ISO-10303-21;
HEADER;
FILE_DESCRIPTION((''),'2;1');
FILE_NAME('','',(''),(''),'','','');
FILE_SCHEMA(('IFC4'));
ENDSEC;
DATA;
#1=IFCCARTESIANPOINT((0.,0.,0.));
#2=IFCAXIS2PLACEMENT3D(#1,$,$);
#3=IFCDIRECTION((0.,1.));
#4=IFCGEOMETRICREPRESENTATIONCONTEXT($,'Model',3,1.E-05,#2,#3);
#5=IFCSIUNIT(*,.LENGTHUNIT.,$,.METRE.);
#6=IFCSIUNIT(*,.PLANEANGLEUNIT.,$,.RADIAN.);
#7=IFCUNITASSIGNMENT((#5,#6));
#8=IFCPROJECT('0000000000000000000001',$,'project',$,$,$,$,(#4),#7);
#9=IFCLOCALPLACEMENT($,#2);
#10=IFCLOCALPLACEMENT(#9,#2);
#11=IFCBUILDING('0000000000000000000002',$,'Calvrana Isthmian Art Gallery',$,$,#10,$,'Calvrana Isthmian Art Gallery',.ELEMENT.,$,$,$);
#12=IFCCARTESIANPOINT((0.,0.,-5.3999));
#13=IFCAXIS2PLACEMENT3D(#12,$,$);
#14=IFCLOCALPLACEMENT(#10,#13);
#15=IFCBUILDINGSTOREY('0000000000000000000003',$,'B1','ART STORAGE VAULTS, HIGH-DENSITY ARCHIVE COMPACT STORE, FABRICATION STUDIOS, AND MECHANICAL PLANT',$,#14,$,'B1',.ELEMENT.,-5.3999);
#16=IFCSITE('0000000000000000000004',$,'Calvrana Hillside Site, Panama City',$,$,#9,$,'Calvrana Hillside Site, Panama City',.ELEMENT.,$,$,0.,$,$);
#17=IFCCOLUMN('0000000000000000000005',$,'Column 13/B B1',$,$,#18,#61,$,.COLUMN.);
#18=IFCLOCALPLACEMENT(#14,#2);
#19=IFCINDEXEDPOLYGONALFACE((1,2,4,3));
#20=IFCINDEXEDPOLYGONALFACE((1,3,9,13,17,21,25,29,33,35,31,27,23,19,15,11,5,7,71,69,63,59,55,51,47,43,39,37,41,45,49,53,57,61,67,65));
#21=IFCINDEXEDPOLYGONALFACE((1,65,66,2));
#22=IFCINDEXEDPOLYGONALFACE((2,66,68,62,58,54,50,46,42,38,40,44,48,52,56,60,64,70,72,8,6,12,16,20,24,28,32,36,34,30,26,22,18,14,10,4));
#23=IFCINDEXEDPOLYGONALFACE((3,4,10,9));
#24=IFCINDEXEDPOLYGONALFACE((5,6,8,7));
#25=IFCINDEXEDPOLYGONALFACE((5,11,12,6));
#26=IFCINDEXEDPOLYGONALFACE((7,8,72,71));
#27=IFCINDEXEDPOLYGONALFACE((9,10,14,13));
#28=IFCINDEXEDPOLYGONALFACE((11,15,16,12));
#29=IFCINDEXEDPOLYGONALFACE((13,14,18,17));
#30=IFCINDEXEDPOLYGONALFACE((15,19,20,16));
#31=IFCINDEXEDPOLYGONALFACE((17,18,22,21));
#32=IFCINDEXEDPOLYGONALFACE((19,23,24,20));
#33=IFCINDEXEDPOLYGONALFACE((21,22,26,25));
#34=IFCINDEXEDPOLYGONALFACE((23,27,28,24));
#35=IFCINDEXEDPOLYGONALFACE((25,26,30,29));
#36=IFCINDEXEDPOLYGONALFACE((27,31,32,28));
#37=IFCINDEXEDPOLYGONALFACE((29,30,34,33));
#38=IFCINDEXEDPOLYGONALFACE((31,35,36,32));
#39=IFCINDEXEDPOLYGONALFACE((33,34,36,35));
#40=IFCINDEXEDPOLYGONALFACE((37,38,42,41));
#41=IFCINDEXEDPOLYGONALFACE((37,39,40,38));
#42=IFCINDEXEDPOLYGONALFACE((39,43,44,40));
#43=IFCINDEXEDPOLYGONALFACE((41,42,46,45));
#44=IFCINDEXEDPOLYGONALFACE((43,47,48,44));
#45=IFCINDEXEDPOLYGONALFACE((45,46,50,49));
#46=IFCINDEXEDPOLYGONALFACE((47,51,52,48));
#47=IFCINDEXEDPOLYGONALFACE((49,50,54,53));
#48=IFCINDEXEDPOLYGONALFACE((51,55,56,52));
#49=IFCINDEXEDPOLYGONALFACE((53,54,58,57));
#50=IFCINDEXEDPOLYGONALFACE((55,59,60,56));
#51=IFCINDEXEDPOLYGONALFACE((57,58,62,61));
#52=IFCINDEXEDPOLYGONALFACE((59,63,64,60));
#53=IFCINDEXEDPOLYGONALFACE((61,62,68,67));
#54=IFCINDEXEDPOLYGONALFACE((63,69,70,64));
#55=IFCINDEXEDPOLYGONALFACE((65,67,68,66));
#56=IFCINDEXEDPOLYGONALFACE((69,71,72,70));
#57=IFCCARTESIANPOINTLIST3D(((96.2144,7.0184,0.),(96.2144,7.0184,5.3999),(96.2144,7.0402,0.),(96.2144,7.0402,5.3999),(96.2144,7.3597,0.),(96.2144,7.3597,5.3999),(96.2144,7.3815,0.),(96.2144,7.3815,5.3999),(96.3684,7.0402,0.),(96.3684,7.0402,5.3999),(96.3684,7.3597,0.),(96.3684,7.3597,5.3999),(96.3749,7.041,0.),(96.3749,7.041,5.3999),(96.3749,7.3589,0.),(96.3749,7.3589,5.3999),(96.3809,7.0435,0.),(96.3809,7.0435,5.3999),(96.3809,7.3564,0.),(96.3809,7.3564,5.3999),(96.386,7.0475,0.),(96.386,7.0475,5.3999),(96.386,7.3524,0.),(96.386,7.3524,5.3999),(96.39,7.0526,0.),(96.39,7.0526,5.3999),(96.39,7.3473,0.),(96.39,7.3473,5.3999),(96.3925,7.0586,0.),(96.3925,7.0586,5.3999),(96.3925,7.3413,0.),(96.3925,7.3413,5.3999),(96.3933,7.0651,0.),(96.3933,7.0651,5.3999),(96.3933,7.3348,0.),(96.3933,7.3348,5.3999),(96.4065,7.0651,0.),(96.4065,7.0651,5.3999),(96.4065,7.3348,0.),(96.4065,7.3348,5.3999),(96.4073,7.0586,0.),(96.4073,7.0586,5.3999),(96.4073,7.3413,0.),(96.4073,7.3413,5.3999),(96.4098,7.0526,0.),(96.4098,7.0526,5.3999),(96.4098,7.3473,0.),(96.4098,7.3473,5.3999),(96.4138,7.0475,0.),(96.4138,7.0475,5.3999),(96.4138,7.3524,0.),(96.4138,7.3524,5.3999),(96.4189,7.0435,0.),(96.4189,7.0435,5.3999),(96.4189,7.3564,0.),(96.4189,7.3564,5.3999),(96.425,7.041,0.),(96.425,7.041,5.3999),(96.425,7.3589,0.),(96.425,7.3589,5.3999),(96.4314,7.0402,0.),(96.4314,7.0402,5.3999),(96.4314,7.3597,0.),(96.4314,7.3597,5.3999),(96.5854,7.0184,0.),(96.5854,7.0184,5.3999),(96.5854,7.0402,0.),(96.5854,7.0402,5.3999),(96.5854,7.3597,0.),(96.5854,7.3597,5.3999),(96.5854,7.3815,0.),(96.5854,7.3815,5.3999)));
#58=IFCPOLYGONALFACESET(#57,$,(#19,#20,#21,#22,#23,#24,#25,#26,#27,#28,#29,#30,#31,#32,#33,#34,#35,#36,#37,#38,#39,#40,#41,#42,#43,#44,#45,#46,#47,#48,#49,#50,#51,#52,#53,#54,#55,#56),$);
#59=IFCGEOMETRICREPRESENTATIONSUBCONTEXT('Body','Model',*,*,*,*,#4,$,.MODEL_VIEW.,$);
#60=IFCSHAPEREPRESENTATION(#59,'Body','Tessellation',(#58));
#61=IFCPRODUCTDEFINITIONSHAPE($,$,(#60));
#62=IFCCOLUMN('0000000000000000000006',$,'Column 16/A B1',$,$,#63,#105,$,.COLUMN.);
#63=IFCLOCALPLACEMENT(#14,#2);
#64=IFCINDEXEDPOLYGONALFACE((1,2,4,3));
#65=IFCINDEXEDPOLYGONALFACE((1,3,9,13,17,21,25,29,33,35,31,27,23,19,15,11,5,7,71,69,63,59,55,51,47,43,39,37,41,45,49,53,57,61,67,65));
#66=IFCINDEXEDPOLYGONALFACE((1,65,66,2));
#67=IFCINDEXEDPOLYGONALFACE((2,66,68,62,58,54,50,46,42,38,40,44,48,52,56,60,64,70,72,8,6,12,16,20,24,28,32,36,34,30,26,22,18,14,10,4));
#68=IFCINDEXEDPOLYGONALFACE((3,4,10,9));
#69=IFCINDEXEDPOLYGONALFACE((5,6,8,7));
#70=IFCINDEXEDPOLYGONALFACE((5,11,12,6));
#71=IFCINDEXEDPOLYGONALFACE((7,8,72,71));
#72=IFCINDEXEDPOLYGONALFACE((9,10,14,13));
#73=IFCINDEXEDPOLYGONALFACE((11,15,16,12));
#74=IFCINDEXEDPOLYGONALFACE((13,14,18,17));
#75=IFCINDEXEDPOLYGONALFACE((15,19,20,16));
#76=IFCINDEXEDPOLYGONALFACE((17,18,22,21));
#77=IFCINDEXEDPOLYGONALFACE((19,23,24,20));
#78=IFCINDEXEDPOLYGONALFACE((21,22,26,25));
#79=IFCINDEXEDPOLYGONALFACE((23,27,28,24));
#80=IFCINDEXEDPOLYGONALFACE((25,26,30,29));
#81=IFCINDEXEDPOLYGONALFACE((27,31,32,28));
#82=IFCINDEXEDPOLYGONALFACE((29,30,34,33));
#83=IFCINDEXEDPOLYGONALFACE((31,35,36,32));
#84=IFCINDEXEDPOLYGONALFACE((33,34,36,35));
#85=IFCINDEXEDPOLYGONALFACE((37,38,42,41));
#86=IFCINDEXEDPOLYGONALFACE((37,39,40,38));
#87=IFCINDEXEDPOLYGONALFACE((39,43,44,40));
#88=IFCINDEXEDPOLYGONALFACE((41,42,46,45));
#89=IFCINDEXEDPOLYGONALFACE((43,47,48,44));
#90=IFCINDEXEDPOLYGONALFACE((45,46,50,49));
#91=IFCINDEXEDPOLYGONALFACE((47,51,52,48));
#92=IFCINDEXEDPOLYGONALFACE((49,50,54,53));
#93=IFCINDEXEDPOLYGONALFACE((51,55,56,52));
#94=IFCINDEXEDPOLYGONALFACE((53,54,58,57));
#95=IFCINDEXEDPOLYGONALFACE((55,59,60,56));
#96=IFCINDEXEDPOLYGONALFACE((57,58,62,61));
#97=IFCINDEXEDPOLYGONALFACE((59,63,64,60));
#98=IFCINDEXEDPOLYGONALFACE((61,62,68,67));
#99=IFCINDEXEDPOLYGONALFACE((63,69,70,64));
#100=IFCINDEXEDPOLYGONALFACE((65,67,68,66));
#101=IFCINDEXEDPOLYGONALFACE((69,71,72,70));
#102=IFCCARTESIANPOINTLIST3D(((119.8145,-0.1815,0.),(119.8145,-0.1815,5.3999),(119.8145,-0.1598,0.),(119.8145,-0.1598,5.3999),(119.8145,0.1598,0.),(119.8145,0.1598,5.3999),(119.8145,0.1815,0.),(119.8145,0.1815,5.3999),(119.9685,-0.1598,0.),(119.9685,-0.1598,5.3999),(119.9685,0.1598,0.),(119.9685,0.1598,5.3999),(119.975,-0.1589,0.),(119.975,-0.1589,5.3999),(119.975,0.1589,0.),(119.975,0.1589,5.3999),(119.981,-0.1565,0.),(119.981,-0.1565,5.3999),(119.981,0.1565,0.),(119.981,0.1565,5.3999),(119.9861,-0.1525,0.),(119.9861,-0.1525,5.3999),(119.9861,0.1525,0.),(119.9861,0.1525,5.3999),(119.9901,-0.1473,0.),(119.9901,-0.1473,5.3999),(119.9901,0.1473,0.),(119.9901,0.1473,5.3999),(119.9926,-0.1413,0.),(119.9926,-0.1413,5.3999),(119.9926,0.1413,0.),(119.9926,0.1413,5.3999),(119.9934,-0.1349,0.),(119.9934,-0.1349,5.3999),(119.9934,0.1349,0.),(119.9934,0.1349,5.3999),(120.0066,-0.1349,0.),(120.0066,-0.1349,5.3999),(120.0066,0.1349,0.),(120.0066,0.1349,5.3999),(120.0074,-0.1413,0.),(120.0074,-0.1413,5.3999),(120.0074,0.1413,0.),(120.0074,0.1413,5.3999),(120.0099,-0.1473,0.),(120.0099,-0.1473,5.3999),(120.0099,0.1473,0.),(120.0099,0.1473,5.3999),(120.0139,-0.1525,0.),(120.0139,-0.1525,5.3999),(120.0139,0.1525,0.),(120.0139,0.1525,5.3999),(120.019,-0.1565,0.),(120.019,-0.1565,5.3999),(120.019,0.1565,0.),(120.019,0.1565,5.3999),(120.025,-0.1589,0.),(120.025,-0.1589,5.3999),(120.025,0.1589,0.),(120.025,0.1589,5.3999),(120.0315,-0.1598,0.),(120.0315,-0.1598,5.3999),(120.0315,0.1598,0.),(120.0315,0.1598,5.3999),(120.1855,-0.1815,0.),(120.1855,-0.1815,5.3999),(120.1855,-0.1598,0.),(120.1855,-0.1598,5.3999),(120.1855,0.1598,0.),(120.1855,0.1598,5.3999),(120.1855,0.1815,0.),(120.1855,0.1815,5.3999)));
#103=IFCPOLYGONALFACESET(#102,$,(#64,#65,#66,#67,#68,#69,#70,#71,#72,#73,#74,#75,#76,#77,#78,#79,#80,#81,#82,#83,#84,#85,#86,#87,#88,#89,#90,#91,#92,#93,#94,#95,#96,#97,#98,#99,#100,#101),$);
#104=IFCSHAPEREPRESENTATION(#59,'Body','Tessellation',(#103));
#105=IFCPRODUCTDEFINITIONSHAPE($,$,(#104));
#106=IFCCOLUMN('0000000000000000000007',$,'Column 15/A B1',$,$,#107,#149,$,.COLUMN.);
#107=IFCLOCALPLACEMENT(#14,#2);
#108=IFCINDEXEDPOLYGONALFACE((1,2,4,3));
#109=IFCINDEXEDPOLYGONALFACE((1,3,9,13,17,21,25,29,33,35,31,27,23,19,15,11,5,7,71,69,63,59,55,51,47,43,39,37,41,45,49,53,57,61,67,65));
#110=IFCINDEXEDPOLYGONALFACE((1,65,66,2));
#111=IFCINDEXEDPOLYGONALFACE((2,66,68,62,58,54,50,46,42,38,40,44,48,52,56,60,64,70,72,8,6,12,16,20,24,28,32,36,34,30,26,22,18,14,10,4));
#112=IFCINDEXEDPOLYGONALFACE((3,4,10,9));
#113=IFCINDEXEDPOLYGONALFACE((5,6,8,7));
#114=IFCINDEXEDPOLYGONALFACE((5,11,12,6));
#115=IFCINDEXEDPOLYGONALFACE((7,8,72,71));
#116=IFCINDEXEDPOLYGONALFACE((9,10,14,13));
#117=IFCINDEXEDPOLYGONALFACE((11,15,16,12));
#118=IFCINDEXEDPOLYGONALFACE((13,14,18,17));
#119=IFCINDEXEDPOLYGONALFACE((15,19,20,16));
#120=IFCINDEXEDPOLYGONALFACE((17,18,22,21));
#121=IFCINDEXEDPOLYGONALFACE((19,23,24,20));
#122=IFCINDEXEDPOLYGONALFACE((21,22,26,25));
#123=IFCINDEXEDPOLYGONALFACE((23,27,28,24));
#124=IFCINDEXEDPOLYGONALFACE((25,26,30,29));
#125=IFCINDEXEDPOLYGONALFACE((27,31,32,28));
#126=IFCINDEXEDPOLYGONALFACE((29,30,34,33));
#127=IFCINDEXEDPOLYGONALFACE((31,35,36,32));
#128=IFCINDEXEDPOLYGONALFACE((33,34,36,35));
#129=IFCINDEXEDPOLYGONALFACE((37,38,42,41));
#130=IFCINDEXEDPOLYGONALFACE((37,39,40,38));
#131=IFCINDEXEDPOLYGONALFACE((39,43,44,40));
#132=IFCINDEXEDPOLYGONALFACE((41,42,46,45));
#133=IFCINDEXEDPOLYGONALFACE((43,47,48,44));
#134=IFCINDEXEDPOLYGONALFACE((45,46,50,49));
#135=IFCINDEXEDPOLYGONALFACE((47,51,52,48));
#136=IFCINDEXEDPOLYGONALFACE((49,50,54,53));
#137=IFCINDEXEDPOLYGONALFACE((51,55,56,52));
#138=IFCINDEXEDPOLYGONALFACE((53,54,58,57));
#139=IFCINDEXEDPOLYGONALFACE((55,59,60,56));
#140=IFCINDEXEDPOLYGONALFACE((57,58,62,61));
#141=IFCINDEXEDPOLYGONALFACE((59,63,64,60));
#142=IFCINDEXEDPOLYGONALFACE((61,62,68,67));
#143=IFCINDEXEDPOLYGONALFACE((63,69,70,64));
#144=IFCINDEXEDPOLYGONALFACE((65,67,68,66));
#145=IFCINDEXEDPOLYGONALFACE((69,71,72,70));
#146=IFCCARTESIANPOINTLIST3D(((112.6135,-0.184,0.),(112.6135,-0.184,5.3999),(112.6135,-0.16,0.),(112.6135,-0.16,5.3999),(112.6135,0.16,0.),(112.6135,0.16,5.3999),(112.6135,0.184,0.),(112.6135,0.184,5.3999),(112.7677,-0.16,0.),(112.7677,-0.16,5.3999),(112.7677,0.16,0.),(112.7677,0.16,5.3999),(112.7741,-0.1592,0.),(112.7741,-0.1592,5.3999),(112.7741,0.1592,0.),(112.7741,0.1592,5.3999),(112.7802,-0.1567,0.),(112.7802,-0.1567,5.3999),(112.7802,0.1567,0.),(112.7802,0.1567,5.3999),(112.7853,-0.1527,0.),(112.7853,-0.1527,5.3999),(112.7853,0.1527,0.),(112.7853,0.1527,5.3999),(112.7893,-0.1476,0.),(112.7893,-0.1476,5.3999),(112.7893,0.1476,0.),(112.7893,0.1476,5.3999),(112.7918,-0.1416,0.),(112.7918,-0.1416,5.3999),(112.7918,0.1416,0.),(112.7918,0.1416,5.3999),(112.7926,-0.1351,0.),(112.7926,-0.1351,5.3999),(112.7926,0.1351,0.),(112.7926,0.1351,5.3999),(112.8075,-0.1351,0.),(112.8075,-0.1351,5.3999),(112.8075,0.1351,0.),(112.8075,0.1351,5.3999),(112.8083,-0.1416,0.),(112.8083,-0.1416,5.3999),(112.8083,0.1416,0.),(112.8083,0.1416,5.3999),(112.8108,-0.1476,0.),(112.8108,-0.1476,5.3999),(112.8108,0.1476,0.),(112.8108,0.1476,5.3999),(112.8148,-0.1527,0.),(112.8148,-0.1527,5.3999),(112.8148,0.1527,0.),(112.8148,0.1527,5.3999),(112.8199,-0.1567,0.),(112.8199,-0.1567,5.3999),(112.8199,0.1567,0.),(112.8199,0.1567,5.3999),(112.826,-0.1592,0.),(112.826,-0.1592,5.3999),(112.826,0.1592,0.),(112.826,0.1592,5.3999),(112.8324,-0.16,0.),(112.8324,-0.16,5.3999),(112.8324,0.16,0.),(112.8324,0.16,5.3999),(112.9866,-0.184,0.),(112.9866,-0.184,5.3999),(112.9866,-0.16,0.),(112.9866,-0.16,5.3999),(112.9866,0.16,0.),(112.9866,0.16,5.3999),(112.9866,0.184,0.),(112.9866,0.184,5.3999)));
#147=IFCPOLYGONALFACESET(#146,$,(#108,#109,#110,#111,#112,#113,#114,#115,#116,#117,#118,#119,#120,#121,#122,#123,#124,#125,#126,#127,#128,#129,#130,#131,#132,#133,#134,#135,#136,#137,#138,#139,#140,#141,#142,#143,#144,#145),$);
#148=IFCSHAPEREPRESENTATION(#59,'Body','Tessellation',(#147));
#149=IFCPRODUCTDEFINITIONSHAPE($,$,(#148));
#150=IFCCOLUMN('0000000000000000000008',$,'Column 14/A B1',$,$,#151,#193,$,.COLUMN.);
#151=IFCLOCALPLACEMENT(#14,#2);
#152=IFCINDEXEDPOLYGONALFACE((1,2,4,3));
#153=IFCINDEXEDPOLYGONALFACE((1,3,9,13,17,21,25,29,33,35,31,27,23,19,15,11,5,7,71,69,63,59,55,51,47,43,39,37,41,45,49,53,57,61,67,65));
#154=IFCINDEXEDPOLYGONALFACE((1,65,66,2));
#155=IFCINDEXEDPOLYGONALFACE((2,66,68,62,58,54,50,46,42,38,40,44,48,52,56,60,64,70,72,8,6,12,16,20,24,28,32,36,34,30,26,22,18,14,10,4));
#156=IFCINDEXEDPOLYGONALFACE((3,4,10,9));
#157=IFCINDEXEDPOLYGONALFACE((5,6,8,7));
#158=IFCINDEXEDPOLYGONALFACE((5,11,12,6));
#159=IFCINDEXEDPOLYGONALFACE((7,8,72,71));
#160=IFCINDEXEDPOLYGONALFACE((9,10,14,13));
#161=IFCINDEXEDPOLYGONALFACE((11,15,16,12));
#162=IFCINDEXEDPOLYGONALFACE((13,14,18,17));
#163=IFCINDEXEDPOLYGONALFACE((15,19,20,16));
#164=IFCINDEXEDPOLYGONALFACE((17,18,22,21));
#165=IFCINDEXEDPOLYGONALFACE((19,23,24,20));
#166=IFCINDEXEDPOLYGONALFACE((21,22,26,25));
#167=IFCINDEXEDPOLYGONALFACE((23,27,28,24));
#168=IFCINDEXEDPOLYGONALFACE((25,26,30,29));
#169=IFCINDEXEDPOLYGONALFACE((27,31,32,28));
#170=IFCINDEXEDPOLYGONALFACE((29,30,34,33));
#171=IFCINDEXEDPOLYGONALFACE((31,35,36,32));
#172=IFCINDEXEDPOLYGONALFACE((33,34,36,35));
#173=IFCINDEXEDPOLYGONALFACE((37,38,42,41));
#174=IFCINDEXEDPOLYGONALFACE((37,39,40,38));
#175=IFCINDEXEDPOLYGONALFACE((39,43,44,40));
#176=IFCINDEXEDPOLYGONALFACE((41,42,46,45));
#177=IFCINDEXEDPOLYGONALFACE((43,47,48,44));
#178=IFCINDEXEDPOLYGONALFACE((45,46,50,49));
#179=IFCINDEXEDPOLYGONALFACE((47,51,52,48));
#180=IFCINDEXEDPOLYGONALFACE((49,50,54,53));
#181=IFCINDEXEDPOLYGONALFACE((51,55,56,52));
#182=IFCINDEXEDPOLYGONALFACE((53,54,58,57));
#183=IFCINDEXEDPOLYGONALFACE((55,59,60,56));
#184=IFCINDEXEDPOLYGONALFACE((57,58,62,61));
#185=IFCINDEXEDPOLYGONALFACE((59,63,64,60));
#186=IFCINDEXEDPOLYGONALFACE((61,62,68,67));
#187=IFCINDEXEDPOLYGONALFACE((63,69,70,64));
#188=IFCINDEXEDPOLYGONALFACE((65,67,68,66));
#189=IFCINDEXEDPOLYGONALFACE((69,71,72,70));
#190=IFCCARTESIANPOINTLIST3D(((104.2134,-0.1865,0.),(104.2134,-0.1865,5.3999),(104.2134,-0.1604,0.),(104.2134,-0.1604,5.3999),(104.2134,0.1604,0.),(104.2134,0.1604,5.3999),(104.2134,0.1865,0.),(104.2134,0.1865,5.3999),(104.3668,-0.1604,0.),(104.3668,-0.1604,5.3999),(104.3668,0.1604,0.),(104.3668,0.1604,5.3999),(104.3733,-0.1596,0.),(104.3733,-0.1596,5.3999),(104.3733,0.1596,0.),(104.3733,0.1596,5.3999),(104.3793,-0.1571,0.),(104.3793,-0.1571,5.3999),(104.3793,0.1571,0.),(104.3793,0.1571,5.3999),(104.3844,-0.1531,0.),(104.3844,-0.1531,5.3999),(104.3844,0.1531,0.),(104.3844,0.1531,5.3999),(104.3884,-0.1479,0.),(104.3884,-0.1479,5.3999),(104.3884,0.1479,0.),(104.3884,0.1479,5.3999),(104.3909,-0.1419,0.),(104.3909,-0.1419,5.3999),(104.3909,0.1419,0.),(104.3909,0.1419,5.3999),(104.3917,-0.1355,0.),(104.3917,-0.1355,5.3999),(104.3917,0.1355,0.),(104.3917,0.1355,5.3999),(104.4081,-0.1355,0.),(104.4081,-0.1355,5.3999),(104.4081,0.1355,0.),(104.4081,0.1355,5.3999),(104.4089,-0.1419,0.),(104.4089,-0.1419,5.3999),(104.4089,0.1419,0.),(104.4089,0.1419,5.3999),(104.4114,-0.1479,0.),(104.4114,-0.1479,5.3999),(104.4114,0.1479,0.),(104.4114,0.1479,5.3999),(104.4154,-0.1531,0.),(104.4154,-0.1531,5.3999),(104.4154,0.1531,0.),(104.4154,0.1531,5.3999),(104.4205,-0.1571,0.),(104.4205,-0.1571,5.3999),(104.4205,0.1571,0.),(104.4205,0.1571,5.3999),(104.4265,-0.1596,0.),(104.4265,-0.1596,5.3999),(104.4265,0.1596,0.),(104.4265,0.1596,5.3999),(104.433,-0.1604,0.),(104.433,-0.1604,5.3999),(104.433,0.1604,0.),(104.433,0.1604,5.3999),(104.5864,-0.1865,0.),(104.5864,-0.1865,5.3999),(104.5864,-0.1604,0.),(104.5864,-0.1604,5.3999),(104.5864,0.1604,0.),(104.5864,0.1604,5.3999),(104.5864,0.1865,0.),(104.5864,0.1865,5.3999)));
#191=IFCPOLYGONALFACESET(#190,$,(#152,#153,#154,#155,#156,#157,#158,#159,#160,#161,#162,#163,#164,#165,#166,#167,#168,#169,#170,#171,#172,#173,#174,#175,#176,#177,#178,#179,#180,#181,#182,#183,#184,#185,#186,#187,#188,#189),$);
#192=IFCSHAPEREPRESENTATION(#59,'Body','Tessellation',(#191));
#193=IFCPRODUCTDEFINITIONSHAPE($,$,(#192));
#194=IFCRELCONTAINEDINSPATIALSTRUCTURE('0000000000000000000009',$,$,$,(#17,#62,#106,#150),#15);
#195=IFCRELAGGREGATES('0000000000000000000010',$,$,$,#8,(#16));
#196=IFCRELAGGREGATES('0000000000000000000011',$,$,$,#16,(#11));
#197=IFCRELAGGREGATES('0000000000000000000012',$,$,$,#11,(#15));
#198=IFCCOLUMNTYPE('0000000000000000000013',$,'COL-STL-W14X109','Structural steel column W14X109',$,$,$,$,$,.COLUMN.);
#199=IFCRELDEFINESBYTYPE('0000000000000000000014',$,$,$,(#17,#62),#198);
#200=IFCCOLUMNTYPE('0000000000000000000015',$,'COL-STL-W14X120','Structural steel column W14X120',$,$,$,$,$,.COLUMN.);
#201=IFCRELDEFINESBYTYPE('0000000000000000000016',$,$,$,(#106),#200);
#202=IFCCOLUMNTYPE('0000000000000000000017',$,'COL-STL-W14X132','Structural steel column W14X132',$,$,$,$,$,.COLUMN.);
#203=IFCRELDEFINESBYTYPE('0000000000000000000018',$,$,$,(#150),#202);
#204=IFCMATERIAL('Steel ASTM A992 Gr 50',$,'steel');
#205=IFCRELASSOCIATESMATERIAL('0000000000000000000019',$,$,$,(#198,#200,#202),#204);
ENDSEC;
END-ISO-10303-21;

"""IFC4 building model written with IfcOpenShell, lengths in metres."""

from ifc_helpers import new_model, si_unit, direction, frame, origin, origin_2d, place, context, subcontext, project, spatial, i_section, extrude, material, material_profile, profile_set, type_object, element, save


model = new_model("IFC4")

# Units and contexts
model_context = context("Model", 3, precision=1e-05, world=origin(), true_north=direction((0.0, 1.0)))
body_context = subcontext(model_context, "Body", "Model", "MODEL_VIEW")
ifc_project = project(units=[si_unit("LENGTHUNIT", "METRE"), si_unit("PLANEANGLEUNIT", "RADIAN")], contexts=[model_context])

# Site, building, storey
site_placement = place(None, origin())
site = spatial("IfcSite", under=ifc_project, at=site_placement, Name="Calvrana Hillside Site, Panama City", LongName="Calvrana Hillside Site, Panama City", CompositionType="ELEMENT", RefElevation=0.0)
building_placement = place(site_placement, origin())
building = spatial("IfcBuilding", under=site, at=building_placement, Name="Calvrana Isthmian Art Gallery", LongName="Calvrana Isthmian Art Gallery", CompositionType="ELEMENT")
storey_placement = place(building_placement, frame((0.0, 0.0, -5.3999)))
storey = spatial("IfcBuildingStorey", under=building, at=storey_placement, Name="B1", Description="ART STORAGE VAULTS, HIGH-DENSITY ARCHIVE COMPACT STORE, FABRICATION STUDIOS, AND MECHANICAL PLANT", LongName="B1", CompositionType="ELEMENT", Elevation=-5.3999)

# Columns
ifc_material_1 = material(Name="Steel ASTM A992 Gr 50", Category="steel")
ifc_material_profile_1 = material_profile(ifc_material_1, i_section(OverallWidth=0.3711, OverallDepth=0.363, WebThickness=0.0132, FlangeThickness=0.0217, FilletRadius=0.0249, at=origin_2d()), Name="W14X109")
ifc_profile_set_1 = profile_set([ifc_material_profile_1], Name="Steel ASTM A992 Gr 50")
column_type_1 = type_object("IfcColumnType", Name="COL-STL-W14X109", Description="Structural steel column W14X109", PredefinedType="COLUMN", material=ifc_profile_set_1)
for number, where, z_axis, x_axis, name in (
    (1, (96.3999, 7.2, 0.0), (0.0, 0.0, 1.0), (1.0, 0.0, 0.0), "Column 13/B B1"),
    (2, (120.0, 0.0, 0.0), (0.0, 0.0, 1.0), (1.0, 0.0, 0.0), "Column 16/A B1"),
):
    element("IfcColumn", number, at=place(storey_placement, frame(where, z_axis=z_axis, x_axis=x_axis)), inside=storey, type_object=column_type_1, Name=name, PredefinedType="COLUMN", context=body_context, shape_type="SweptSolid", body=[
        extrude(i_section(OverallWidth=0.3711, OverallDepth=0.363, WebThickness=0.0132, FlangeThickness=0.0217, FilletRadius=0.0249, at=origin_2d()), origin(), (0.0, 0.0, 1.0), 5.3999),
    ])
ifc_material_profile_2 = material_profile(ifc_material_1, i_section(OverallWidth=0.373, OverallDepth=0.3679, WebThickness=0.0149, FlangeThickness=0.0239, FilletRadius=0.0249, at=origin_2d()), Name="W14X120")
ifc_profile_set_2 = profile_set([ifc_material_profile_2], Name="Steel ASTM A992 Gr 50")
column_type_2 = type_object("IfcColumnType", Name="COL-STL-W14X120", Description="Structural steel column W14X120", PredefinedType="COLUMN", material=ifc_profile_set_2)
column_1_placement = place(storey_placement, frame((112.8, 0.0, 0.0), z_axis=(0.0, 0.0, 1.0), x_axis=(1.0, 0.0, 0.0)))
element("IfcColumn", 3, at=column_1_placement, inside=storey, type_object=column_type_2, Name="Column 15/A B1", PredefinedType="COLUMN", context=body_context, shape_type="SweptSolid", body=[
    extrude(i_section(OverallWidth=0.373, OverallDepth=0.3679, WebThickness=0.0149, FlangeThickness=0.0239, FilletRadius=0.0249, at=origin_2d()), origin(), (0.0, 0.0, 1.0), 5.3999),
])
ifc_material_profile_3 = material_profile(ifc_material_1, i_section(OverallWidth=0.373, OverallDepth=0.373, WebThickness=0.0164, FlangeThickness=0.0261, FilletRadius=0.0249, at=origin_2d()), Name="W14X132")
ifc_profile_set_3 = profile_set([ifc_material_profile_3], Name="Steel ASTM A992 Gr 50")
column_type_3 = type_object("IfcColumnType", Name="COL-STL-W14X132", Description="Structural steel column W14X132", PredefinedType="COLUMN", material=ifc_profile_set_3)
column_2_placement = place(storey_placement, frame((104.3999, 0.0, 0.0), z_axis=(0.0, 0.0, 1.0), x_axis=(1.0, 0.0, 0.0)))
element("IfcColumn", 4, at=column_2_placement, inside=storey, type_object=column_type_3, Name="Column 14/A B1", PredefinedType="COLUMN", context=body_context, shape_type="SweptSolid", body=[
    extrude(i_section(OverallWidth=0.373, OverallDepth=0.373, WebThickness=0.0164, FlangeThickness=0.0261, FilletRadius=0.0249, at=origin_2d()), origin(), (0.0, 0.0, 1.0), 5.3999),
])

save(model, "model.ifc")
